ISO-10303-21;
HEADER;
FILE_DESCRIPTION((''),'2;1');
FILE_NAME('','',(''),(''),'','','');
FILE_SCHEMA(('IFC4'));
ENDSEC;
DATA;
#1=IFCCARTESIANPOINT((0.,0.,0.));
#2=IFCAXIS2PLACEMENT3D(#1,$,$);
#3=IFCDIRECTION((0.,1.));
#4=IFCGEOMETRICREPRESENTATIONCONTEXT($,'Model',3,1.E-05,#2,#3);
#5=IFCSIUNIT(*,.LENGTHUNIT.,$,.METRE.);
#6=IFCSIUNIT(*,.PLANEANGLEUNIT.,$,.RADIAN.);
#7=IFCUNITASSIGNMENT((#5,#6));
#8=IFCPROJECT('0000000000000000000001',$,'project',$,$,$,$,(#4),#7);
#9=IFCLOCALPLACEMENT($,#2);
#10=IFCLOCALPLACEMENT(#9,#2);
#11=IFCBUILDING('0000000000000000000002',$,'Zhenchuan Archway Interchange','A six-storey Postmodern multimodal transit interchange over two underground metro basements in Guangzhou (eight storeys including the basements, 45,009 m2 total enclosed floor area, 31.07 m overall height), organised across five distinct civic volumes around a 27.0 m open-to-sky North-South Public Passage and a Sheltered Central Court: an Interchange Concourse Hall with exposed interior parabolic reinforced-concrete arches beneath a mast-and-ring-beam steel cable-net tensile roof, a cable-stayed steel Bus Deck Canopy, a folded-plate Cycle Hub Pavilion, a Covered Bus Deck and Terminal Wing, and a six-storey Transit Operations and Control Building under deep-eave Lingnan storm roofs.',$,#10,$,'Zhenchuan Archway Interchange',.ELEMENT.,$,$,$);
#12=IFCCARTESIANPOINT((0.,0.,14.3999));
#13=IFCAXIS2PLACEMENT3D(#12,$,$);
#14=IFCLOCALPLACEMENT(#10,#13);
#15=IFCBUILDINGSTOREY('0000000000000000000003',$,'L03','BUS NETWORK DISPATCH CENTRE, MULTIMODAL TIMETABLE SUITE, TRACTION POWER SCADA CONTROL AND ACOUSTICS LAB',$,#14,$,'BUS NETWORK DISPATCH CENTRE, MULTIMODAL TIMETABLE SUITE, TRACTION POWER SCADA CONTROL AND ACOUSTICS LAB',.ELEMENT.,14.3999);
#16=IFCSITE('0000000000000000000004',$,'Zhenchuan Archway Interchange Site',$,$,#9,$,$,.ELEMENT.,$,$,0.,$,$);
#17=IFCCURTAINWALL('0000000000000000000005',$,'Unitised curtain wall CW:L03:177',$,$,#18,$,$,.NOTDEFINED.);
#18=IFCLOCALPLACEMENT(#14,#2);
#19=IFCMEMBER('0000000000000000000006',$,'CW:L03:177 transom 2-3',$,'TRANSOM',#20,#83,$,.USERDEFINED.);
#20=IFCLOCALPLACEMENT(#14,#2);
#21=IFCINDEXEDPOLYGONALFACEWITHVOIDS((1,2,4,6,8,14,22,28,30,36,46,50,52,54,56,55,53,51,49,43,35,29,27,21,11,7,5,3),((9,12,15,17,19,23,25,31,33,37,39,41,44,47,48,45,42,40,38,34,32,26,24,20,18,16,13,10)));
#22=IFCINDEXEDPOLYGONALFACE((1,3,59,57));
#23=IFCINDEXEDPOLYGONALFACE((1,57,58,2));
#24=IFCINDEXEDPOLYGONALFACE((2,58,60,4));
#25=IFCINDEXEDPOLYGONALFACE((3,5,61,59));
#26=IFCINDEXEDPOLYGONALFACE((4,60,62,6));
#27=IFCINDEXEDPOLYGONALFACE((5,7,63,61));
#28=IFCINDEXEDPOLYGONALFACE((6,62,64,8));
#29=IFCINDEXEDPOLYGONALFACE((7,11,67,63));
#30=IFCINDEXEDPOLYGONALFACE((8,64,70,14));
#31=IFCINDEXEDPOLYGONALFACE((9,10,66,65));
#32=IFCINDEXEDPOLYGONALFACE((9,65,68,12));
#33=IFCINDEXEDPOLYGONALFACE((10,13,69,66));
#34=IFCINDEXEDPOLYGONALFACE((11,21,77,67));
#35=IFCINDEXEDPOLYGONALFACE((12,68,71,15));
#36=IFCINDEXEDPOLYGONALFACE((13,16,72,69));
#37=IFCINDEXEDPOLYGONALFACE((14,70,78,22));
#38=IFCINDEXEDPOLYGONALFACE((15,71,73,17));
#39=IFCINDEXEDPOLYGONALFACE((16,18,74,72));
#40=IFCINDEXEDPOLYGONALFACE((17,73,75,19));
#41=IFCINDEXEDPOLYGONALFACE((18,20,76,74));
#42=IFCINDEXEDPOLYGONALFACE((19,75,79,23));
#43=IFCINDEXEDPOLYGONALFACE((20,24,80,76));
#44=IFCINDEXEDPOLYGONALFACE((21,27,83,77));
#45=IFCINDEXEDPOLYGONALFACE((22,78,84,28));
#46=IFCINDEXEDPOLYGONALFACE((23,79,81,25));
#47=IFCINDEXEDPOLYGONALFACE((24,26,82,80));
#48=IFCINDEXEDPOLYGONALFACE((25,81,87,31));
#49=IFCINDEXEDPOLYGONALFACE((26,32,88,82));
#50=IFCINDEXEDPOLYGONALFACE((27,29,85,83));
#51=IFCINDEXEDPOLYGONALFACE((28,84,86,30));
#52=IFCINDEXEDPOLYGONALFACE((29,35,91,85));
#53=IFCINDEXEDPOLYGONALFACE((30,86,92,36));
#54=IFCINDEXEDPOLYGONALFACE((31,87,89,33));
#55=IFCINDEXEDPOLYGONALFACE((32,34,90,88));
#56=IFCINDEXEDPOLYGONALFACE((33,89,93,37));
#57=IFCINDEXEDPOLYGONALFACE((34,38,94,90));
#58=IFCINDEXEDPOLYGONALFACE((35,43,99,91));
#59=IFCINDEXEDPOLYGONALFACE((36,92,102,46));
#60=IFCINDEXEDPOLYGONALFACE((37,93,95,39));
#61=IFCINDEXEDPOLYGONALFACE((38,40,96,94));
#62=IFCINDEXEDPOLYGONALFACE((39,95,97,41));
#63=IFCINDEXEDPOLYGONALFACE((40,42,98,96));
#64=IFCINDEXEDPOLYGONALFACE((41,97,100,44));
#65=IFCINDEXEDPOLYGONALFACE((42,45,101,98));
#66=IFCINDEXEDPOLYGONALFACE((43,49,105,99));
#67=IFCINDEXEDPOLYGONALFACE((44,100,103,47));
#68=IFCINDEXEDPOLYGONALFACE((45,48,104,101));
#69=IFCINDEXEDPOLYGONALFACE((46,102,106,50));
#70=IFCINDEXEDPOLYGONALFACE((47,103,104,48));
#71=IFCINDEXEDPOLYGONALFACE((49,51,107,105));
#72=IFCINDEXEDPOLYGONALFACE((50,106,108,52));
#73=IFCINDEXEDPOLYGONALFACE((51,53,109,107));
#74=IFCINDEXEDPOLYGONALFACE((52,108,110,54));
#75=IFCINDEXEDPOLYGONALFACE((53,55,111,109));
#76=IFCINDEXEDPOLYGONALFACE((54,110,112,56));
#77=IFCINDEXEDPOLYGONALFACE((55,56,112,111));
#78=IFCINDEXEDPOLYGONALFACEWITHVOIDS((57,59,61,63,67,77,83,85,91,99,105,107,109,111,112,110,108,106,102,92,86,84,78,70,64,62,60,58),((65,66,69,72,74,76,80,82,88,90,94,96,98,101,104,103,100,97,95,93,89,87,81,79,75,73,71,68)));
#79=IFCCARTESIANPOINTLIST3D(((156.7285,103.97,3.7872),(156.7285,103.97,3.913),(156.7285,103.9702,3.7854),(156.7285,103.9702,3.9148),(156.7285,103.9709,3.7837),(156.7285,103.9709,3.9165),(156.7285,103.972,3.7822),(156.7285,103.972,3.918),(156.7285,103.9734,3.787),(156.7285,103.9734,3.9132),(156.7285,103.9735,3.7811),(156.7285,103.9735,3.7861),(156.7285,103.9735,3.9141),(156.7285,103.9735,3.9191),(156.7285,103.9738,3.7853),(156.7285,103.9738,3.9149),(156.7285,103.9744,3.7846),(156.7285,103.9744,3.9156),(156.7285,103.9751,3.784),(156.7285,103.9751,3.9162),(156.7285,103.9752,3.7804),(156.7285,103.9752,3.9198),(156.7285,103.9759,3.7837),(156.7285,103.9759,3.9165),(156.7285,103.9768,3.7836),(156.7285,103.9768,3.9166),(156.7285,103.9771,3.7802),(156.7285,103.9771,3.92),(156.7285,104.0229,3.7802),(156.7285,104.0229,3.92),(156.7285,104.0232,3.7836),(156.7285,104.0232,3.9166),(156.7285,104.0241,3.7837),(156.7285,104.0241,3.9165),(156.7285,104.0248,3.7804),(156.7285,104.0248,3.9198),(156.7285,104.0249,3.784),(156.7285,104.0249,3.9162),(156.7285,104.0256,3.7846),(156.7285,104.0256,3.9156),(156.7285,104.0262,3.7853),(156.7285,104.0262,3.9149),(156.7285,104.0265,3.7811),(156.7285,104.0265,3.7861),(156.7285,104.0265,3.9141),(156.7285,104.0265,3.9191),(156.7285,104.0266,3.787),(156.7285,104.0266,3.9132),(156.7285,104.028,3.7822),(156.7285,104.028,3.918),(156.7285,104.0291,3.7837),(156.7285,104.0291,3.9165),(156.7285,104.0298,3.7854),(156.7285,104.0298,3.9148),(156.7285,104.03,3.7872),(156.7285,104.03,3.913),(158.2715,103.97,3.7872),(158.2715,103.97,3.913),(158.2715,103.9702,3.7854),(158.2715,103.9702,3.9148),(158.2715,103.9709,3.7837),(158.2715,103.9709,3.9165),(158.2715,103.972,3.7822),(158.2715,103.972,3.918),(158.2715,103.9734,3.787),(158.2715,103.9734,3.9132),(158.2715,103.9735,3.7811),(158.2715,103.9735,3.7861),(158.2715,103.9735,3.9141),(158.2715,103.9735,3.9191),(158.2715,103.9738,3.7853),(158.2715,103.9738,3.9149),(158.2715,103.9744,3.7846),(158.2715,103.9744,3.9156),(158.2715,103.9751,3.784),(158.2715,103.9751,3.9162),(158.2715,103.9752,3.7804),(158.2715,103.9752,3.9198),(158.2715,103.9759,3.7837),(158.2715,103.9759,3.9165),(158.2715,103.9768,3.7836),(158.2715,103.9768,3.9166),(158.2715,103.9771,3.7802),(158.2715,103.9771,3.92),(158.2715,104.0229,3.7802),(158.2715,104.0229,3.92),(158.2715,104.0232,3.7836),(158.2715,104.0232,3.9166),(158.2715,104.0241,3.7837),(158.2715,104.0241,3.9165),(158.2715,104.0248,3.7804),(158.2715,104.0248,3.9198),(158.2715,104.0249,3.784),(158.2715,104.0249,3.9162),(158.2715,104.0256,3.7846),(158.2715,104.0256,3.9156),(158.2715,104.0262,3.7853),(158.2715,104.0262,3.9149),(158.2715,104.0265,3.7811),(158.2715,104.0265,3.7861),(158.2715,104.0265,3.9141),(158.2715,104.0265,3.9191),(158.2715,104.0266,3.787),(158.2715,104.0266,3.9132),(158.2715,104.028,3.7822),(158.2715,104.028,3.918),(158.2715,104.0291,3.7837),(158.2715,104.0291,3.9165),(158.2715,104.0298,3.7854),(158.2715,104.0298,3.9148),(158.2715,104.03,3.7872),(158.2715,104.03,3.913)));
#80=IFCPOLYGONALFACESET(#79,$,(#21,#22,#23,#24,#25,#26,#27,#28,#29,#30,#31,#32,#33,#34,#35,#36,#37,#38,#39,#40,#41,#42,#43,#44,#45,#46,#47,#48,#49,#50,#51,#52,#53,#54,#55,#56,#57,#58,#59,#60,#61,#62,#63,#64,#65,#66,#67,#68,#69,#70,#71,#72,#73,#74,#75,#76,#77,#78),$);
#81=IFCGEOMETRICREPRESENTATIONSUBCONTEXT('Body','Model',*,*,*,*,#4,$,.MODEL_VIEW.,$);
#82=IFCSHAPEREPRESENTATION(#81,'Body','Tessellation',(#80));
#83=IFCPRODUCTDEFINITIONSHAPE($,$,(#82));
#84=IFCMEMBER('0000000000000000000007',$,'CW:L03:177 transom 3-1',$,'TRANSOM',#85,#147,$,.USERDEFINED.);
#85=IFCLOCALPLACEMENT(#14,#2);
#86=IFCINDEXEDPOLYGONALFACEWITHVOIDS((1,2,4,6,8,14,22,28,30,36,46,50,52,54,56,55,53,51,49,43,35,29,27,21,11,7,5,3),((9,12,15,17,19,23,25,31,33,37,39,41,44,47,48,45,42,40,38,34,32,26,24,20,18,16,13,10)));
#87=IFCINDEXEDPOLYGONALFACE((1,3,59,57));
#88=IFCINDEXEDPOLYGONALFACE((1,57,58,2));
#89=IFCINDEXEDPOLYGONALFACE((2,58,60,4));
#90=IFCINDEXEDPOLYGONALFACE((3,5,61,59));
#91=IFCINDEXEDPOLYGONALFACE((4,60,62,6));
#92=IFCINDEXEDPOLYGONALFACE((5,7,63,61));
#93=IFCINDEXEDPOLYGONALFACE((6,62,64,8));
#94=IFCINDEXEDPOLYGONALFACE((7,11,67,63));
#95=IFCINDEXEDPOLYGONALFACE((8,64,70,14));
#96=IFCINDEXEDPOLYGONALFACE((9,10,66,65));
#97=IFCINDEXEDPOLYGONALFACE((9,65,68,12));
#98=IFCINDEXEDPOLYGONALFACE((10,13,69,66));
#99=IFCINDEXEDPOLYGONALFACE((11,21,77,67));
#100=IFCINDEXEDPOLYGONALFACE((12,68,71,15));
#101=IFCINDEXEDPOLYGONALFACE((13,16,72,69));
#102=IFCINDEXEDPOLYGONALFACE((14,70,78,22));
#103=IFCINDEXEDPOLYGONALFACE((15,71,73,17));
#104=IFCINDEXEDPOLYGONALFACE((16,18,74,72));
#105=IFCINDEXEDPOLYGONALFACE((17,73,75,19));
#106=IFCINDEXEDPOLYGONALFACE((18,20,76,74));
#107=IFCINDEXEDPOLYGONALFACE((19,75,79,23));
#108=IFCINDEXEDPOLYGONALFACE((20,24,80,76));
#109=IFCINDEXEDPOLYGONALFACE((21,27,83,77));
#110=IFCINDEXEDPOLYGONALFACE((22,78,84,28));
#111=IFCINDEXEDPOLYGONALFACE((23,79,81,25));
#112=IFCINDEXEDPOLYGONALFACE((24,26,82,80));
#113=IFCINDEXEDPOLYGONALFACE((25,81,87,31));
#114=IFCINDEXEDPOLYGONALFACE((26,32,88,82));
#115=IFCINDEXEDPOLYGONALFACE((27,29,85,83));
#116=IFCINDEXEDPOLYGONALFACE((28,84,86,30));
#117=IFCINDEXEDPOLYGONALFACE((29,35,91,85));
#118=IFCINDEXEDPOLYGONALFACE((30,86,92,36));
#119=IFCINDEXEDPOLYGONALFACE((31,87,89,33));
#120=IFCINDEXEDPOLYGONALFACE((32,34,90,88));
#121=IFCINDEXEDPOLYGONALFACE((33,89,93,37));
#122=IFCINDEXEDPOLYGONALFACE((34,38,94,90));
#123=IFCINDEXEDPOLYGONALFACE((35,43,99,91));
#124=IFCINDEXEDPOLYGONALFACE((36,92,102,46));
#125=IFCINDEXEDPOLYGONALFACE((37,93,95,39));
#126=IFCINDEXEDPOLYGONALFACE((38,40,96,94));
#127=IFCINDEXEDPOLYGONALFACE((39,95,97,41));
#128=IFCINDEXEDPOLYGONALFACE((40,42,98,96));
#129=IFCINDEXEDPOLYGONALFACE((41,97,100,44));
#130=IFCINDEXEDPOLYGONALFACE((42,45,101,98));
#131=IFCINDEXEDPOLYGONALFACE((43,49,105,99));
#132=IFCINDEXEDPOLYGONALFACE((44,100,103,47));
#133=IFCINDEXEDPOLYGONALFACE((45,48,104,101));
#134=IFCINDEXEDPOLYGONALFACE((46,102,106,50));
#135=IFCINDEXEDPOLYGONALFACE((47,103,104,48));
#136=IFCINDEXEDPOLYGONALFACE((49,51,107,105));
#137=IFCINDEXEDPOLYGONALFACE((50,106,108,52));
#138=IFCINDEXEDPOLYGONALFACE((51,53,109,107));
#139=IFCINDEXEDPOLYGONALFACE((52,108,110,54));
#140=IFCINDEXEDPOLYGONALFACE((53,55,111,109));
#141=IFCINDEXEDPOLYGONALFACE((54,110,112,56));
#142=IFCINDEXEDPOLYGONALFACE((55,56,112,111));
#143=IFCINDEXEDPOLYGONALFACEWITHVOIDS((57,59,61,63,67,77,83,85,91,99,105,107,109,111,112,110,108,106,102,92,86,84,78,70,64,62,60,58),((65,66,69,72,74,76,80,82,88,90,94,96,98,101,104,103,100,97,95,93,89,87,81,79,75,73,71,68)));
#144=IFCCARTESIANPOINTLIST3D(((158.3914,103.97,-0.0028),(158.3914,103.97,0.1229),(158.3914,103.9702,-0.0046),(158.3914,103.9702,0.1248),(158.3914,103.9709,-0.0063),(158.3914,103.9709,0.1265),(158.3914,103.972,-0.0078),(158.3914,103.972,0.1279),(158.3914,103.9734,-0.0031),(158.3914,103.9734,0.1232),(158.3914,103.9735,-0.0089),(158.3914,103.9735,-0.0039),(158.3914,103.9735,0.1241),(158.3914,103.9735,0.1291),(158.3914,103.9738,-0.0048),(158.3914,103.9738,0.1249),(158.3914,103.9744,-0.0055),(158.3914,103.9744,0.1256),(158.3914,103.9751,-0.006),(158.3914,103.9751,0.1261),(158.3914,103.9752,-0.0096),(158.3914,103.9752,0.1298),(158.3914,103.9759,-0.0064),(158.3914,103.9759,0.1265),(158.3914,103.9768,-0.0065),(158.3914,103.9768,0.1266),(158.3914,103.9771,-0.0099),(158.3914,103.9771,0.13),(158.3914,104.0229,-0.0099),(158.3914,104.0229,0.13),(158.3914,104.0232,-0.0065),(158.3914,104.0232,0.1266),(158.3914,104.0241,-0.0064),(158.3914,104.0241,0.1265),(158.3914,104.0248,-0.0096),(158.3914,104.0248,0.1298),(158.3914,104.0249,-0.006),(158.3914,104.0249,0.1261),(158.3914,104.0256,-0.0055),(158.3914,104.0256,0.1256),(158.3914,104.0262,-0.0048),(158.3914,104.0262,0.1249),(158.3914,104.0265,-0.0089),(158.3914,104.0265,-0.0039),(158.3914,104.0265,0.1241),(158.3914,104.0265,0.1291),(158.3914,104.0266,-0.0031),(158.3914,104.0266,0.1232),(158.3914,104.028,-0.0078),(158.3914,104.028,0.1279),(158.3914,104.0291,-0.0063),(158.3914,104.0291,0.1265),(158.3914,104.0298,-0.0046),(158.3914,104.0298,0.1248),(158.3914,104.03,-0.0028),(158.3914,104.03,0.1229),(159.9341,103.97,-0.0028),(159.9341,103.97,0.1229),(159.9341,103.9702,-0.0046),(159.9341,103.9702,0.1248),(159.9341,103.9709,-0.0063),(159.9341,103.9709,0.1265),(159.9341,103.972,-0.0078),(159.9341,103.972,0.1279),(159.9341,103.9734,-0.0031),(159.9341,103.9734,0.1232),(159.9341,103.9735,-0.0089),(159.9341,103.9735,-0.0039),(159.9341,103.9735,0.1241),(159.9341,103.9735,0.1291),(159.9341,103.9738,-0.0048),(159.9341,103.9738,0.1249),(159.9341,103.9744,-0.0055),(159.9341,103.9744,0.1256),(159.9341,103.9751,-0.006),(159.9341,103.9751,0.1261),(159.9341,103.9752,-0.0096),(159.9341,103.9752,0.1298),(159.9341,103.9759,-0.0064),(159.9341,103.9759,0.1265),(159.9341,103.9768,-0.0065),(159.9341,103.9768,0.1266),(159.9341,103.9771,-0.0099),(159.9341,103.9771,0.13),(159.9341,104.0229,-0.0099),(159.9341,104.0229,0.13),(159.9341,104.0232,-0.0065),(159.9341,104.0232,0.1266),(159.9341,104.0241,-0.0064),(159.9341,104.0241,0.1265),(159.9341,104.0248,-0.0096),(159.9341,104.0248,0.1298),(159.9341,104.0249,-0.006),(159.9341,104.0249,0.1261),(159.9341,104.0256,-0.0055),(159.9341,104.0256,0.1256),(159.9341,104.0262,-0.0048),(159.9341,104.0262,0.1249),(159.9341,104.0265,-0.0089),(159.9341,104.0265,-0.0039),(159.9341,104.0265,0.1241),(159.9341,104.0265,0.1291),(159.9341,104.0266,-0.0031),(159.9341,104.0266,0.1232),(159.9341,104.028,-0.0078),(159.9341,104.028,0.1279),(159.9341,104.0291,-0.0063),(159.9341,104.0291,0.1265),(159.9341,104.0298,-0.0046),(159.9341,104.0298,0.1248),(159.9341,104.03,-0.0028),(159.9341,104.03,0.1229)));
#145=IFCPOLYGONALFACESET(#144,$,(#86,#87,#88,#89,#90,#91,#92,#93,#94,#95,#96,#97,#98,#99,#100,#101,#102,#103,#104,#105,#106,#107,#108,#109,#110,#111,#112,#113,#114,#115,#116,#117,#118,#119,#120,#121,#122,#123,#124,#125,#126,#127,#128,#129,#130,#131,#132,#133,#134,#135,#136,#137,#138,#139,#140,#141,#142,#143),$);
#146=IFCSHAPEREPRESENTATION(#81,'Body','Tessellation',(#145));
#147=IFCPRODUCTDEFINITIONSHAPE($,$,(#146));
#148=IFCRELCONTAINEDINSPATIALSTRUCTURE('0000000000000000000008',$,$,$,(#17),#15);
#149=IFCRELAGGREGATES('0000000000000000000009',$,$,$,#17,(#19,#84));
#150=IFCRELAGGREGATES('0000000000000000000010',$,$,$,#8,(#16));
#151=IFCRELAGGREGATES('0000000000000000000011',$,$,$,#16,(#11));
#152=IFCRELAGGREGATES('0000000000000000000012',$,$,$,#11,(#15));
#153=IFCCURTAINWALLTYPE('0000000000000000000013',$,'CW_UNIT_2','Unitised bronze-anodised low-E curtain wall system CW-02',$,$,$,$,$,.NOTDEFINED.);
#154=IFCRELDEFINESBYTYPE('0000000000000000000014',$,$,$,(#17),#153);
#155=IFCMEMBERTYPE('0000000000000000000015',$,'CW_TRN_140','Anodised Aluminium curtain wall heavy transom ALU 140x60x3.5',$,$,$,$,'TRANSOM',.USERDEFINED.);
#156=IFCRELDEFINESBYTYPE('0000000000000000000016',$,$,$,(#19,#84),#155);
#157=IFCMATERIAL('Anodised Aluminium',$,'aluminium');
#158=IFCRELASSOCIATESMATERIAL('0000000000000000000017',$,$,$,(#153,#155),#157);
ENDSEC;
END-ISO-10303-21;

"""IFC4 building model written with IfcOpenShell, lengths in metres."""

from ifc_helpers import new_model, si_unit, direction, frame, origin, origin_2d, place, context, subcontext, project, spatial, hollow_rectangle, extrude, material, material_profile, profile_set, type_object, element, aggregate, save


model = new_model("IFC4")

# Units and contexts
model_context = context("Model", 3, precision=1e-05, world=origin(), true_north=direction((0.0, 1.0)))
body_context = subcontext(model_context, "Body", "Model", "MODEL_VIEW")
ifc_project = project(units=[si_unit("LENGTHUNIT", "METRE"), si_unit("PLANEANGLEUNIT", "RADIAN")], contexts=[model_context])

# Site, building, storey
site_placement = place(None, origin())
site = spatial("IfcSite", under=ifc_project, at=site_placement, Name="Zhenchuan Archway Interchange Site", CompositionType="ELEMENT", RefElevation=0.0)
building_placement = place(site_placement, origin())
building = spatial("IfcBuilding", under=site, at=building_placement, Name="Zhenchuan Archway Interchange", Description="A six-storey Postmodern multimodal transit interchange over two underground metro basements in Guangzhou (eight storeys including the basements, 45,009 m2 total enclosed floor area, 31.07 m overall height), organised across five distinct civic volumes around a 27.0 m open-to-sky North-South Public Passage and a Sheltered Central Court: an Interchange Concourse Hall with exposed interior parabolic reinforced-concrete arches beneath a mast-and-ring-beam steel cable-net tensile roof, a cable-stayed steel Bus Deck Canopy, a folded-plate Cycle Hub Pavilion, a Covered Bus Deck and Terminal Wing, and a six-storey Transit Operations and Control Building under deep-eave Lingnan storm roofs.", LongName="Zhenchuan Archway Interchange", CompositionType="ELEMENT")
storey_placement = place(building_placement, frame((0.0, 0.0, 14.3999)))
storey = spatial("IfcBuildingStorey", under=building, at=storey_placement, Name="L03", Description="BUS NETWORK DISPATCH CENTRE, MULTIMODAL TIMETABLE SUITE, TRACTION POWER SCADA CONTROL AND ACOUSTICS LAB", LongName="BUS NETWORK DISPATCH CENTRE, MULTIMODAL TIMETABLE SUITE, TRACTION POWER SCADA CONTROL AND ACOUSTICS LAB", CompositionType="ELEMENT", Elevation=14.3999)

# Curtain wall, members
ifc_material_1 = material(Name="Anodised Aluminium", Category="aluminium")
curtain_wall_type = type_object("IfcCurtainWallType", Name="CW_UNIT_2", Description="Unitised bronze-anodised low-E curtain wall system CW-02", PredefinedType="NOTDEFINED", material=ifc_material_1)
curtain_wall_placement = place(storey_placement, origin())
curtain_wall = element("IfcCurtainWall", 1, at=curtain_wall_placement, inside=storey, type_object=curtain_wall_type, Name="Unitised curtain wall CW:L03:177", PredefinedType="NOTDEFINED")
ifc_material_profile_1 = material_profile(ifc_material_1, hollow_rectangle(XDim=0.0601, YDim=0.1399, WallThickness=0.0034, InnerFilletRadius=0.0034, OuterFilletRadius=0.0071, at=origin_2d()), Name="ALU 140x60x3.5")
ifc_profile_set_1 = profile_set([ifc_material_profile_1], Name="Anodised Aluminium")
member_type_1 = type_object("IfcMemberType", Name="CW_TRN_140", Description="Anodised Aluminium curtain wall heavy transom ALU 140x60x3.5", ElementType="TRANSOM", PredefinedType="USERDEFINED", material=ifc_profile_set_1)
member_1_placement = place(storey_placement, frame((156.7285, 104.0, 3.8501), z_axis=(1.0, 0.0, 0.0), x_axis=(0.0, 1.0, 0.0)))
member_1 = element("IfcMember", 2, at=member_1_placement, type_object=member_type_1, Name="CW:L03:177 transom 2-3", ObjectType="TRANSOM", PredefinedType="USERDEFINED", context=body_context, shape_type="SweptSolid", body=[
    extrude(hollow_rectangle(XDim=0.0601, YDim=0.1399, WallThickness=0.0034, InnerFilletRadius=0.0034, OuterFilletRadius=0.0071, at=origin_2d()), origin(), (0.0, 0.0, 1.0), 1.543),
])
member_2_placement = place(storey_placement, frame((158.3914, 104.0, 0.0601), z_axis=(1.0, 0.0, 0.0), x_axis=(0.0, 1.0, 0.0)))
member_2 = element("IfcMember", 3, at=member_2_placement, type_object=member_type_1, Name="CW:L03:177 transom 3-1", ObjectType="TRANSOM", PredefinedType="USERDEFINED", context=body_context, shape_type="SweptSolid", body=[
    extrude(hollow_rectangle(XDim=0.0601, YDim=0.1399, WallThickness=0.0034, InnerFilletRadius=0.0034, OuterFilletRadius=0.0071, at=origin_2d()), origin(), (0.0, 0.0, 1.0), 1.5427),
])

aggregate(curtain_wall, [member_1, member_2])

save(model, "model.ifc")
